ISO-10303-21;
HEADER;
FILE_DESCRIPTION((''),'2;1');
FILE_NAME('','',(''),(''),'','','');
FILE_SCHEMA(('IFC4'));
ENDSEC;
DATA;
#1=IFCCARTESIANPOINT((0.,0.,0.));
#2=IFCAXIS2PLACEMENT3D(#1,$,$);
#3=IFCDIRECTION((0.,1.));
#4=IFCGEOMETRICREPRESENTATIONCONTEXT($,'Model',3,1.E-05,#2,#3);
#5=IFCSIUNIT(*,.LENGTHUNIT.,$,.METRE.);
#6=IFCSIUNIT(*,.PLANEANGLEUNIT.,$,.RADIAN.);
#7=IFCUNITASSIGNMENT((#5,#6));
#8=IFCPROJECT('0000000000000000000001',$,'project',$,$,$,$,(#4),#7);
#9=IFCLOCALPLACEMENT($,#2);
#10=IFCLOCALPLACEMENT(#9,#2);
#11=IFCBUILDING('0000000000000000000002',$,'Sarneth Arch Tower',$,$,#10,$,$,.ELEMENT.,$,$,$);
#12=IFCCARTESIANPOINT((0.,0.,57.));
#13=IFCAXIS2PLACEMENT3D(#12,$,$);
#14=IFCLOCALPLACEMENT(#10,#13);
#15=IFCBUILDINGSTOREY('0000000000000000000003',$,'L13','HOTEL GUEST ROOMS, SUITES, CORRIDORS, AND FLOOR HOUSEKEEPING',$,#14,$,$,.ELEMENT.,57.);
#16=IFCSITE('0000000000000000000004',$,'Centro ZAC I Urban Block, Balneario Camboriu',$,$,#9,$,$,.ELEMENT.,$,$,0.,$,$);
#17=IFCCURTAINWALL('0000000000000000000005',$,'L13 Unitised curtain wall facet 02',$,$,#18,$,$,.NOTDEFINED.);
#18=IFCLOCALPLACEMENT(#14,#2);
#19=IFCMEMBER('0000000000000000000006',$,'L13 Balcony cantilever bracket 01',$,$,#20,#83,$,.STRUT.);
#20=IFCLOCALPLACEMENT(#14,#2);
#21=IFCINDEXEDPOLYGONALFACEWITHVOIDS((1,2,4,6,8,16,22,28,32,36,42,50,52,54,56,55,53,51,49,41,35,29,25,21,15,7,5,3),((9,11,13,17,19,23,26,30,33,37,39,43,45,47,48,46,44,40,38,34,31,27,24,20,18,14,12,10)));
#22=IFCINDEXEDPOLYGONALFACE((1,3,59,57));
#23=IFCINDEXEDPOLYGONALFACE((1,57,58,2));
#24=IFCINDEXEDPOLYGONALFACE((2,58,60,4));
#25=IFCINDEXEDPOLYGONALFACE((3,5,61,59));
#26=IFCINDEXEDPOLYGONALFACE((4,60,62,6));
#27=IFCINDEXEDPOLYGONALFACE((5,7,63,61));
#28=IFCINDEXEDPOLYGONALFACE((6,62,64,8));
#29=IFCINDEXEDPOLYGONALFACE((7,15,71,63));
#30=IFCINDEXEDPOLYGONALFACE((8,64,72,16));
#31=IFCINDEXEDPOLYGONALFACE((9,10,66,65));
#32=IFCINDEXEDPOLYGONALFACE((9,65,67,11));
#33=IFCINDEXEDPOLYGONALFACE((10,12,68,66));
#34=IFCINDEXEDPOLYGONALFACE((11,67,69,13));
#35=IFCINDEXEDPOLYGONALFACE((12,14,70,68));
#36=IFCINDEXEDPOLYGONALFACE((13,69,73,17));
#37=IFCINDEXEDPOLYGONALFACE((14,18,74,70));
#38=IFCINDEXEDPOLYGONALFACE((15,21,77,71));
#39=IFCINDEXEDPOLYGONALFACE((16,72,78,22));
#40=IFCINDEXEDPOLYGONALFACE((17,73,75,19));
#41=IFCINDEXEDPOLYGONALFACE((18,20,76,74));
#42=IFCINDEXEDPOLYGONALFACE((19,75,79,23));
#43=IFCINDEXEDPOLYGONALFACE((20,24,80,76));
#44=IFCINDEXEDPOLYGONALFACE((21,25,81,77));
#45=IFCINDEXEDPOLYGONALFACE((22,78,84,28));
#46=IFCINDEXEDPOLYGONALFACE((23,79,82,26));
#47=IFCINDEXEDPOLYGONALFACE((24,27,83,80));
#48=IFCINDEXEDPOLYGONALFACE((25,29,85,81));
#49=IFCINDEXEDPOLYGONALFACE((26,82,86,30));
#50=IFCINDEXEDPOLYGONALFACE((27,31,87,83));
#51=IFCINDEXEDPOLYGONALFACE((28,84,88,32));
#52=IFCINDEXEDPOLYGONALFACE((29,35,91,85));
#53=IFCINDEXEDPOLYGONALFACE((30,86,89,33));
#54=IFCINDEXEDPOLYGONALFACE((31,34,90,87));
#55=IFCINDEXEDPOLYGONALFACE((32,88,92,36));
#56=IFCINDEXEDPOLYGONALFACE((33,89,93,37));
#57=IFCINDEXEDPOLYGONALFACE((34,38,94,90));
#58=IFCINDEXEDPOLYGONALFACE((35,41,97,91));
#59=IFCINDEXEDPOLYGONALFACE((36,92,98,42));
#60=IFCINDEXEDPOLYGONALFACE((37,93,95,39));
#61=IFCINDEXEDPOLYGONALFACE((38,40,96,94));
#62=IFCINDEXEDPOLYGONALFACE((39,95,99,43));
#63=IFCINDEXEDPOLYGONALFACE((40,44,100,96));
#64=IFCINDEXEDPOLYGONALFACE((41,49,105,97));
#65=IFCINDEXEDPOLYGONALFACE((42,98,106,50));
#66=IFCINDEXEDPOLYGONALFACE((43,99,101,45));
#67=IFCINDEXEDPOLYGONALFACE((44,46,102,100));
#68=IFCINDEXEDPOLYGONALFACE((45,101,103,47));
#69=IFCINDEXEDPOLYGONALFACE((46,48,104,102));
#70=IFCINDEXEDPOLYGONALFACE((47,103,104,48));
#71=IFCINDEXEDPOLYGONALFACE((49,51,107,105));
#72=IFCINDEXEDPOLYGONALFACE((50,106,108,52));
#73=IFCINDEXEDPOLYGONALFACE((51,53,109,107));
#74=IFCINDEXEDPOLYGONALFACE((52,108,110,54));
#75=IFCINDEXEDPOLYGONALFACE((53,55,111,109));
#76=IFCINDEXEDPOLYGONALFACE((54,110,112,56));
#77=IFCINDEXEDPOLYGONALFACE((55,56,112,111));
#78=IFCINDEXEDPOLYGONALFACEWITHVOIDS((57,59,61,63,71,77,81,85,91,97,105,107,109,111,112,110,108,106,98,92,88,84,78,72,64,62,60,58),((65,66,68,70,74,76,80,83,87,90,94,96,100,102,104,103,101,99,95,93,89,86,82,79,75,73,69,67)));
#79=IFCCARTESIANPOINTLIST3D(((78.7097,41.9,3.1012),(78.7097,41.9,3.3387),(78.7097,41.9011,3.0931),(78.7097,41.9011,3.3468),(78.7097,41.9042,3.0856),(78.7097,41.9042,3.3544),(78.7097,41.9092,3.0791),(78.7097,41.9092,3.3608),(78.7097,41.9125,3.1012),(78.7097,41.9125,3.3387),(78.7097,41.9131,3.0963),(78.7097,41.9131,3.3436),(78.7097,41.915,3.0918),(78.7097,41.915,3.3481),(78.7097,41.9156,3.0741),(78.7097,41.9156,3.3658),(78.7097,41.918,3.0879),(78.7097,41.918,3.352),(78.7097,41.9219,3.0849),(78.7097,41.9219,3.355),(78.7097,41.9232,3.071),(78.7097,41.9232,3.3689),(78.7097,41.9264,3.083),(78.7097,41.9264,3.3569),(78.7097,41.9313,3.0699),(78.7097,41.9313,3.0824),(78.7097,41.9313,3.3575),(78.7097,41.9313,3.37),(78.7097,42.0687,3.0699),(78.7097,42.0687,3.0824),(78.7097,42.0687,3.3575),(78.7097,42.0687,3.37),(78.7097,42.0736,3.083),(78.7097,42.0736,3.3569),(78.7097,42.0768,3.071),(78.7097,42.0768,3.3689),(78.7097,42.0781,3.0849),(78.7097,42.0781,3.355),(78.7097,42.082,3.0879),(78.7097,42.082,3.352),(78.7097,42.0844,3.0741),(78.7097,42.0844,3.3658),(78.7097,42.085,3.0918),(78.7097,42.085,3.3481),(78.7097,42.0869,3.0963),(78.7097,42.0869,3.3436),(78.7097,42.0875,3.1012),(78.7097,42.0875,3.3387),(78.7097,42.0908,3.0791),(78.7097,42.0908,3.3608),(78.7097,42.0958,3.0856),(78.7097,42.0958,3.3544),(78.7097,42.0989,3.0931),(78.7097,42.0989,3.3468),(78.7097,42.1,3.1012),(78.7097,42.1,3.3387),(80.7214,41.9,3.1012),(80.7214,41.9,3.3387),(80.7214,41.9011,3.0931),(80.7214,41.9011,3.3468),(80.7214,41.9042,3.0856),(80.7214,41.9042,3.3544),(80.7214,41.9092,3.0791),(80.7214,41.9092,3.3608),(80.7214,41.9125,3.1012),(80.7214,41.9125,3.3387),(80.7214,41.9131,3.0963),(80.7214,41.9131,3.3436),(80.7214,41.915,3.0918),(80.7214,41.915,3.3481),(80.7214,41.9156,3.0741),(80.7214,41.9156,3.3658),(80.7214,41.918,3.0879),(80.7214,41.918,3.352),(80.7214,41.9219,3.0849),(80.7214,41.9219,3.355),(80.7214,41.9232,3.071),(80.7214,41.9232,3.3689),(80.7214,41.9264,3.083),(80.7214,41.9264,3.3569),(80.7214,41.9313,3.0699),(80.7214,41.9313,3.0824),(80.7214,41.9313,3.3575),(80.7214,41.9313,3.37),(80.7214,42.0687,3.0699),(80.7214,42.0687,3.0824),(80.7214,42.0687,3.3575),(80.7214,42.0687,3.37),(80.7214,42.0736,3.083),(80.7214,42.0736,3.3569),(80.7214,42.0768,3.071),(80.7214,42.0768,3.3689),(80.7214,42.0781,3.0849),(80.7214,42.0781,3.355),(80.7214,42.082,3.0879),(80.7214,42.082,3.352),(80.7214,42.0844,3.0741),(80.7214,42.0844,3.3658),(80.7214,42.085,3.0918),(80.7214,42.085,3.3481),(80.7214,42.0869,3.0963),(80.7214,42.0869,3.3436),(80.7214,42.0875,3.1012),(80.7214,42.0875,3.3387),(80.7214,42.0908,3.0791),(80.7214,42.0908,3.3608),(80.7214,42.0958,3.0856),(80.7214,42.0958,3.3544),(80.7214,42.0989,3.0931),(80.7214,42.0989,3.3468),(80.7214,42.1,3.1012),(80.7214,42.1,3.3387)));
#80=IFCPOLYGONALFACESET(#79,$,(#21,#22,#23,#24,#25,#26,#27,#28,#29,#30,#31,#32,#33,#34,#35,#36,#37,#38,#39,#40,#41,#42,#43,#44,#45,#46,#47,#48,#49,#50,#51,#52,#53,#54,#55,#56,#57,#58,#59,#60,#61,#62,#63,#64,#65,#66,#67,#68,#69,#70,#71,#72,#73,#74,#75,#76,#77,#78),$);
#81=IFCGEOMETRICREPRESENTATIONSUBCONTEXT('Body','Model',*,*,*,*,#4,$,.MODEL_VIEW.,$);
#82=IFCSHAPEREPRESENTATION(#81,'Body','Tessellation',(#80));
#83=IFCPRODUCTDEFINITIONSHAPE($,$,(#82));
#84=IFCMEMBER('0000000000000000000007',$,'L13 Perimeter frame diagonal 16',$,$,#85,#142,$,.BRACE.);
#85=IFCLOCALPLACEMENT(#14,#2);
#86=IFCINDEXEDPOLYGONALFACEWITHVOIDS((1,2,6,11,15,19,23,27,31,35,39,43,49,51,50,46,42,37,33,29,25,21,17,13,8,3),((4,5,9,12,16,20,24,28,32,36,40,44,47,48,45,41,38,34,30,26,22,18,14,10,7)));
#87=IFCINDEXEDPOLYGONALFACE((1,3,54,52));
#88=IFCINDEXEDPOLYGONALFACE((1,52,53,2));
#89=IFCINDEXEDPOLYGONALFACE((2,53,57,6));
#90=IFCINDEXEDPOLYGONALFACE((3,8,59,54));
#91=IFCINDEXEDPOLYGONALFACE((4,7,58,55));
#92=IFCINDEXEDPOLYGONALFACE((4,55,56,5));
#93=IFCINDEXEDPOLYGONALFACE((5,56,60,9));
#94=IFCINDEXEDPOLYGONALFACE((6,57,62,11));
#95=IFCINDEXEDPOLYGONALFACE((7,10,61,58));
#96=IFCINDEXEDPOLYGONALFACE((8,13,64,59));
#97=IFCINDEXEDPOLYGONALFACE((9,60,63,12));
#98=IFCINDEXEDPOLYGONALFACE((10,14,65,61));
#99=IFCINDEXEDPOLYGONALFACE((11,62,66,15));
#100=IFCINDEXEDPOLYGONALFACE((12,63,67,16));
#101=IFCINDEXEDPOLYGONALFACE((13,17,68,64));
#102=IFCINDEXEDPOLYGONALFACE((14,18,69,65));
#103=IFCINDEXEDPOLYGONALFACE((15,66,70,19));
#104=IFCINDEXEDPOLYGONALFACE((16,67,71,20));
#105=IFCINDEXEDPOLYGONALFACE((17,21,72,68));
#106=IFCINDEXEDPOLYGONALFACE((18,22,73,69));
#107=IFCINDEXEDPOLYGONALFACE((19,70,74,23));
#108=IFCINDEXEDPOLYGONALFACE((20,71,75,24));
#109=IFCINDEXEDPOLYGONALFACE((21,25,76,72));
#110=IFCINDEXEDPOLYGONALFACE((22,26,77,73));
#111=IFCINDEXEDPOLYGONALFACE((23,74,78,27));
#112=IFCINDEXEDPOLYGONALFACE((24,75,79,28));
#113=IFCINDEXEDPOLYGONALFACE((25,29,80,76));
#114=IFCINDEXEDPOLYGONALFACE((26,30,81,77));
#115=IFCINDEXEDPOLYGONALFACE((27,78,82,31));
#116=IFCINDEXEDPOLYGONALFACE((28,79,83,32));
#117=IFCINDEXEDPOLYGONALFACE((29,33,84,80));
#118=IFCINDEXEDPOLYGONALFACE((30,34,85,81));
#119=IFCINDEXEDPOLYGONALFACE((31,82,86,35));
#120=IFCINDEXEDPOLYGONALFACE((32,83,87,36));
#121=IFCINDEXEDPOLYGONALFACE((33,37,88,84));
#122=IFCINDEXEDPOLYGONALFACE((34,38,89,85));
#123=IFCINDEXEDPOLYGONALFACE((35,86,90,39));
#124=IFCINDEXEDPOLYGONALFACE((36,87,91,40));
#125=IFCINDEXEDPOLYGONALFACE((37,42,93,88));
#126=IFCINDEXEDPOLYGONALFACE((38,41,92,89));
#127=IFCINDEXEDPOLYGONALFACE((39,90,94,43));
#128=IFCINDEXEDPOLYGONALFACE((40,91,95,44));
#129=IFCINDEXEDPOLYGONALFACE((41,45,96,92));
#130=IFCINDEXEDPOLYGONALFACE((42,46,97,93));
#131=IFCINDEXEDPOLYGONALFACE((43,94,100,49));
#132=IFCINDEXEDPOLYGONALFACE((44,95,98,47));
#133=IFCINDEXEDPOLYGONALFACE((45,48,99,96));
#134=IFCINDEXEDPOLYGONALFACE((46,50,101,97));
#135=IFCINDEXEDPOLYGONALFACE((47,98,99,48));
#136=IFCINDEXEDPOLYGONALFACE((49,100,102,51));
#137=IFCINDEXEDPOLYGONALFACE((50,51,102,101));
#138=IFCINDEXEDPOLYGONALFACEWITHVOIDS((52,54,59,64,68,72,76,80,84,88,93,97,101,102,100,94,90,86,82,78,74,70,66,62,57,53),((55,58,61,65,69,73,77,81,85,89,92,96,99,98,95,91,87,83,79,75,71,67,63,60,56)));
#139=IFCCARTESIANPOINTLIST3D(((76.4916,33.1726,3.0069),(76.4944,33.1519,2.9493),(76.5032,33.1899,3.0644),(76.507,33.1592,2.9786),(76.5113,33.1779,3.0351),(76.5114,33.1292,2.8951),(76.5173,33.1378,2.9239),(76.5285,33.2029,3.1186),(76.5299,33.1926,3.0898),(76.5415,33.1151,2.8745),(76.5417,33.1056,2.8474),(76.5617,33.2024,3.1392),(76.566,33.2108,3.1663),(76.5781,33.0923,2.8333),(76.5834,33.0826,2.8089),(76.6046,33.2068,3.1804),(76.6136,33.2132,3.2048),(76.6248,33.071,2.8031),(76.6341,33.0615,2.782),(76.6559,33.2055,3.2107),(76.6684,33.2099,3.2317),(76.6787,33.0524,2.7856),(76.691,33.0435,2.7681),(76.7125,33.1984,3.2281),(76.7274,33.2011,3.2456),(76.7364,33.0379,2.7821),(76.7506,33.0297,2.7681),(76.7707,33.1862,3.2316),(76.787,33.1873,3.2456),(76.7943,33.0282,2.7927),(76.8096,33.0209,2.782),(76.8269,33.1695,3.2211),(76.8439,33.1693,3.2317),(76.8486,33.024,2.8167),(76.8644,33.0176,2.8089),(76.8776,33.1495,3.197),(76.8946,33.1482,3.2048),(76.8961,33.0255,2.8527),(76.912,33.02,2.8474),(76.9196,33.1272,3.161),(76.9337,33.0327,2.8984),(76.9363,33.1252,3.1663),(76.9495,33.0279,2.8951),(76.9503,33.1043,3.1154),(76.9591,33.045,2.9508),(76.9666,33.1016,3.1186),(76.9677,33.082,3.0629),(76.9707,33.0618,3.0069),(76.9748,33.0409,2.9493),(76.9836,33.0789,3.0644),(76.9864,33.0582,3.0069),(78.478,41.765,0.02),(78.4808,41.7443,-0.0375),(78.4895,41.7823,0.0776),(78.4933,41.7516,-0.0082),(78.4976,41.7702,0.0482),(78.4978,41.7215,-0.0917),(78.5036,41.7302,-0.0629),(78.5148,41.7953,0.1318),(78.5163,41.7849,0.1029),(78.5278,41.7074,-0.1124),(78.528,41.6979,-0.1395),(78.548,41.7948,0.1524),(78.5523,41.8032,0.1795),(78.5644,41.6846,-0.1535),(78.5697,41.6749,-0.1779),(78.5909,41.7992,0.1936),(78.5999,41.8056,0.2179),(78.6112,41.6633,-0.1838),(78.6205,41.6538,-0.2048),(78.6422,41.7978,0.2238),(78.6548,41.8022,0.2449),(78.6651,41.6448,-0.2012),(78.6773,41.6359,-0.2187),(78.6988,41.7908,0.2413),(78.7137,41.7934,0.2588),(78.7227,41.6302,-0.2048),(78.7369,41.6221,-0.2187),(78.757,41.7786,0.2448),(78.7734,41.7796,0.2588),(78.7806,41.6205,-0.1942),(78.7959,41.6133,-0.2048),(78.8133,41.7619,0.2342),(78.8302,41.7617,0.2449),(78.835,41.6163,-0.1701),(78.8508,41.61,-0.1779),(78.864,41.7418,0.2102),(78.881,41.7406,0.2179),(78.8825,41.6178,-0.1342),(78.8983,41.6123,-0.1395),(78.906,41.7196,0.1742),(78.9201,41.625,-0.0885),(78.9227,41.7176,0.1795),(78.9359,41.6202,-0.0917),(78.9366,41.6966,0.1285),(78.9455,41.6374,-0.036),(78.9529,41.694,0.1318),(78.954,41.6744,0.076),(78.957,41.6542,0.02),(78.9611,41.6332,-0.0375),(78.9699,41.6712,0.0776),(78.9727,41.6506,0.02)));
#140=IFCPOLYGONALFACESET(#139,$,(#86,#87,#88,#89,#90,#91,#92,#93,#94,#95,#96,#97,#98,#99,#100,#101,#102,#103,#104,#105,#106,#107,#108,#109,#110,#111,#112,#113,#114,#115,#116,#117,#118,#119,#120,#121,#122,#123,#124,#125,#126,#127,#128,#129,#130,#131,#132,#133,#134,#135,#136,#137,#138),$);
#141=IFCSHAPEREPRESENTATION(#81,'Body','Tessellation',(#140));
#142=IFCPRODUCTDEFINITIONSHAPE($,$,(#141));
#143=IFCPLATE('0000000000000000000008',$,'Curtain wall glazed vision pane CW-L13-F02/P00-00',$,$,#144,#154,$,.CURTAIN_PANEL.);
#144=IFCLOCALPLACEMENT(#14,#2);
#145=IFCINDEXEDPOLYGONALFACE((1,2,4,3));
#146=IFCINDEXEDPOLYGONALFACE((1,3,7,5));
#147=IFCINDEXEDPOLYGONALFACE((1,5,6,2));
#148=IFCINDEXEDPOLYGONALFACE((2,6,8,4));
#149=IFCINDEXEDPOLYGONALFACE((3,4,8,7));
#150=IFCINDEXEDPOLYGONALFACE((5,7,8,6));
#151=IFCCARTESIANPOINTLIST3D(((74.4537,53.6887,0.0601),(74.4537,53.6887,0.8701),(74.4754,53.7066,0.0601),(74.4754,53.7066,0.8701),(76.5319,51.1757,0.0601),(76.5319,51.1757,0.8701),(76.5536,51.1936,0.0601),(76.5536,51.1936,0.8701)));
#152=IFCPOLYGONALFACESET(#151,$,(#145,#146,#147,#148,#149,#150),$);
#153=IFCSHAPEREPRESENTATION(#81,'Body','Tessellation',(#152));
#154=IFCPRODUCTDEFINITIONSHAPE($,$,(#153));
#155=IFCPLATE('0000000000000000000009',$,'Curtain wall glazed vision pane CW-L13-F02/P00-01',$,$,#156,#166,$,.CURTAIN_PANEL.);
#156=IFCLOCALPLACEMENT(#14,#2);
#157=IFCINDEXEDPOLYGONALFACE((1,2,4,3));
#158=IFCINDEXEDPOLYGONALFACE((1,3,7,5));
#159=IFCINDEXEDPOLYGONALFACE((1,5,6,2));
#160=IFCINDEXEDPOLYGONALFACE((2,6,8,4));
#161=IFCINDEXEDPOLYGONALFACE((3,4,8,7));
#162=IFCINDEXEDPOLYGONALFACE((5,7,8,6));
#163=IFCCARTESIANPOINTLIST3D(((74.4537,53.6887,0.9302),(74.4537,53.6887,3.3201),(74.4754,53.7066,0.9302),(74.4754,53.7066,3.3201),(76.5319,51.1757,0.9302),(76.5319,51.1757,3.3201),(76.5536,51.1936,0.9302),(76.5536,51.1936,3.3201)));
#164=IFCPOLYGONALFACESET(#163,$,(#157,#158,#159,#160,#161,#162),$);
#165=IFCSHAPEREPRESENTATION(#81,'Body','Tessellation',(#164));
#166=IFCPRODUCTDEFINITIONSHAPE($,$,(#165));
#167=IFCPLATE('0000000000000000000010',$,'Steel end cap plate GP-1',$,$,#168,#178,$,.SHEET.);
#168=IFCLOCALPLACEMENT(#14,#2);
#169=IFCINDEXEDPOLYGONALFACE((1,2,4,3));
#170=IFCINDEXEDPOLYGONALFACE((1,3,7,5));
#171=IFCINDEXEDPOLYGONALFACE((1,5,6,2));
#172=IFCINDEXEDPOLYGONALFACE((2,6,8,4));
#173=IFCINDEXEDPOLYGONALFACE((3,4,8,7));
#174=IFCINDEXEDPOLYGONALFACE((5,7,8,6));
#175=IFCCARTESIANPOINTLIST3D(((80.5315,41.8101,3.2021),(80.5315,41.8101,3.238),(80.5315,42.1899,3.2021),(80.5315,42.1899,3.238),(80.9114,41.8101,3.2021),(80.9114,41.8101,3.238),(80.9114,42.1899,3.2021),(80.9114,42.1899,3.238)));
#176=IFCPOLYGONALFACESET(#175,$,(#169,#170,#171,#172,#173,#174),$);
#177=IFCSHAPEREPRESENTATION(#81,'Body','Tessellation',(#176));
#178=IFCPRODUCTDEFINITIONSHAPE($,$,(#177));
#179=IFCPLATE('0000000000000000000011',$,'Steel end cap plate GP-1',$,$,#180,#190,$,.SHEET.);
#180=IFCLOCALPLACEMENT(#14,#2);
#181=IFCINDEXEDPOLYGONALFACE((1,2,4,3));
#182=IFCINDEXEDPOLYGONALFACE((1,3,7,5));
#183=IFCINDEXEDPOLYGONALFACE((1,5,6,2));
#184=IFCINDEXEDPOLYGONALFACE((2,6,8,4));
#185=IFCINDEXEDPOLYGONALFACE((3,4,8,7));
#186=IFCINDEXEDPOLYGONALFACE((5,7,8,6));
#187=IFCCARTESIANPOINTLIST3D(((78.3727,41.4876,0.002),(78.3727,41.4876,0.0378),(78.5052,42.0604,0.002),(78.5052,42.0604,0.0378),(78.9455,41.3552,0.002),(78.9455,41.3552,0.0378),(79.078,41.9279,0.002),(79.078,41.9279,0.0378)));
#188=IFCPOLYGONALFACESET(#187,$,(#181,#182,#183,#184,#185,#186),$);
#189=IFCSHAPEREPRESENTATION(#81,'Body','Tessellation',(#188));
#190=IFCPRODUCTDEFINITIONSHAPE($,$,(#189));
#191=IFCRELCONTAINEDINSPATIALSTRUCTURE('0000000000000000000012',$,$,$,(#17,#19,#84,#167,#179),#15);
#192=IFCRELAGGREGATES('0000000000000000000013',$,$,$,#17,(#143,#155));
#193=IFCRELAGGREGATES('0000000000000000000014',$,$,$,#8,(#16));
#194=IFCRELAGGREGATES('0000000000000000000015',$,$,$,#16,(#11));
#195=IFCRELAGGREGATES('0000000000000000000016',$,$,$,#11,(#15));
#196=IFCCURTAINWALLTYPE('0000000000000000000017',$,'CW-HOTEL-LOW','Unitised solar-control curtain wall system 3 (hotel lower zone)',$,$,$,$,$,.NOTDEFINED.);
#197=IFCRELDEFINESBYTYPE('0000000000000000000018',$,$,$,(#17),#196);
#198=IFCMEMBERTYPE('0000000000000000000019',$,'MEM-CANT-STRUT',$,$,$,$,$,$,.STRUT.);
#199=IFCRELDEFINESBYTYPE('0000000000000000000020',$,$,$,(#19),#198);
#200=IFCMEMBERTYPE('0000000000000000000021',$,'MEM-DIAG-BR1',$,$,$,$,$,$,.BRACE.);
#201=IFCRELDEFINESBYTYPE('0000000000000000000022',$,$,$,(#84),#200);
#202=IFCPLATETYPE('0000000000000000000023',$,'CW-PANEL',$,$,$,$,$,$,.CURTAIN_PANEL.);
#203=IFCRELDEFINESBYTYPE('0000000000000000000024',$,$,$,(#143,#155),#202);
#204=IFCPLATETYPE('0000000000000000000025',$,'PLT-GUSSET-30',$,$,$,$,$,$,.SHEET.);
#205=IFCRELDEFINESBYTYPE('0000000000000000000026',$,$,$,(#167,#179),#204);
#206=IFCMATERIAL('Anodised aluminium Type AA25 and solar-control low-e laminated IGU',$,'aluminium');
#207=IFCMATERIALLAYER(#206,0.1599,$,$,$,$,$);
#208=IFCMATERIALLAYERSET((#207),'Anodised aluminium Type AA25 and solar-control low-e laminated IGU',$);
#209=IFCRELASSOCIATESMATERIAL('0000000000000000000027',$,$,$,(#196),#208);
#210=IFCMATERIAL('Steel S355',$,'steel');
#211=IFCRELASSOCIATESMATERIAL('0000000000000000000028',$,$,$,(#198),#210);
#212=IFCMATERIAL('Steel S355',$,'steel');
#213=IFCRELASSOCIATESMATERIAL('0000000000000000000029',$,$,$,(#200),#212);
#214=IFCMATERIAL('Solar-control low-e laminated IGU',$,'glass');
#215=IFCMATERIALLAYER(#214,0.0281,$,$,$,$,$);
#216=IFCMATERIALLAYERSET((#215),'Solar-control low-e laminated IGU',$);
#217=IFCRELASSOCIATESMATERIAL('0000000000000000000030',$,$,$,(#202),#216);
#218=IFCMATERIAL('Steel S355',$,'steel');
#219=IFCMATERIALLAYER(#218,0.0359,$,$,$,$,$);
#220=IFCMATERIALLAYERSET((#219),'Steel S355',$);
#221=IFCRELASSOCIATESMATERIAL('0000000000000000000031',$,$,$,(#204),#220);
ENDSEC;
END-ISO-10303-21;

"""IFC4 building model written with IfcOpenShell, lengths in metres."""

from ifc_helpers import new_model, si_unit, direction, frame, origin, origin_2d, place, context, subcontext, project, spatial, rectangle, hollow_rectangle, hollow_circle, extrude, material, layer, layer_set, material_profile, profile_set, type_object, element, aggregate, save


model = new_model("IFC4")

# Units and contexts
model_context = context("Model", 3, precision=1e-05, world=origin(), true_north=direction((0.0, 1.0)))
body_context = subcontext(model_context, "Body", "Model", "MODEL_VIEW")
ifc_project = project(units=[si_unit("LENGTHUNIT", "METRE"), si_unit("PLANEANGLEUNIT", "RADIAN")], contexts=[model_context])

# Site, building, storey
site_placement = place(None, origin())
site = spatial("IfcSite", under=ifc_project, at=site_placement, Name="Centro ZAC I Urban Block, Balneario Camboriu", CompositionType="ELEMENT", RefElevation=0.0)
building_placement = place(site_placement, origin())
building = spatial("IfcBuilding", under=site, at=building_placement, Name="Sarneth Arch Tower", CompositionType="ELEMENT")
storey_placement = place(building_placement, frame((0.0, 0.0, 57.0)))
storey = spatial("IfcBuildingStorey", under=building, at=storey_placement, Name="L13", Description="HOTEL GUEST ROOMS, SUITES, CORRIDORS, AND FLOOR HOUSEKEEPING", CompositionType="ELEMENT", Elevation=57.0)

# Curtain wall
ifc_material_1 = material(Name="Anodised aluminium Type AA25 and solar-control low-e laminated IGU", Category="aluminium")
ifc_layer_1 = layer(ifc_material_1, 0.1599)
ifc_layer_set_1 = layer_set([ifc_layer_1], Name="Anodised aluminium Type AA25 and solar-control low-e laminated IGU")
curtain_wall_type = type_object("IfcCurtainWallType", Name="CW-HOTEL-LOW", Description="Unitised solar-control curtain wall system 3 (hotel lower zone)", PredefinedType="NOTDEFINED", material=ifc_layer_set_1)
curtain_wall_placement = place(storey_placement, origin())
curtain_wall = element("IfcCurtainWall", 1, at=curtain_wall_placement, inside=storey, type_object=curtain_wall_type, Name="L13 Unitised curtain wall facet 02", PredefinedType="NOTDEFINED")

# Members
ifc_material_2 = material(Name="Steel S355", Category="steel")
ifc_material_profile_1 = material_profile(ifc_material_2, hollow_rectangle(XDim=0.2, YDim=0.3, WallThickness=0.0125, InnerFilletRadius=0.0188, OuterFilletRadius=0.0312, at=origin_2d()), Name="RHS300x200x12.5")
ifc_profile_set_1 = profile_set([ifc_material_profile_1], Name="Steel S355")
member_type_1 = type_object("IfcMemberType", Name="MEM-CANT-STRUT", PredefinedType="STRUT", material=ifc_profile_set_1)
member_1_placement = place(storey_placement, frame((78.7097, 42.0, 3.22), z_axis=(1.0, 0.0, 0.0), x_axis=(0.0, 1.0, 0.0)))
element("IfcMember", 2, at=member_1_placement, inside=storey, type_object=member_type_1, Name="L13 Balcony cantilever bracket 01", PredefinedType="STRUT", context=body_context, shape_type="SweptSolid", body=[
    extrude(hollow_rectangle(XDim=0.2, YDim=0.3, WallThickness=0.0125, InnerFilletRadius=0.0188, OuterFilletRadius=0.0312, at=origin_2d()), origin(), (0.0, 0.0, 1.0), 2.0117),
])
ifc_material_3 = material(Name="Steel S355", Category="steel")
ifc_material_profile_2 = material_profile(ifc_material_3, hollow_circle(Radius=0.2539, WallThickness=0.0161, at=origin_2d()), Name="CHS508x16")
ifc_profile_set_2 = profile_set([ifc_material_profile_2], Name="Steel S355")
member_type_2 = type_object("IfcMemberType", Name="MEM-DIAG-BR1", PredefinedType="BRACE", material=ifc_profile_set_2)
member_2_placement = place(storey_placement, frame((78.7253, 41.7078, 0.02), z_axis=(-0.213332, -0.922814, 0.320785), x_axis=(0.974304, -0.225236, 0.0)))
element("IfcMember", 3, at=member_2_placement, inside=storey, type_object=member_type_2, Name="L13 Perimeter frame diagonal 16", PredefinedType="BRACE", context=body_context, shape_type="SweptSolid", body=[
    extrude(hollow_circle(Radius=0.2539, WallThickness=0.0161, at=origin_2d()), origin(), (0.0, 0.0, 1.0), 9.311),
])

# Plates
ifc_material_4 = material(Name="Solar-control low-e laminated IGU", Category="glass")
ifc_layer_2 = layer(ifc_material_4, 0.0281)
ifc_layer_set_2 = layer_set([ifc_layer_2], Name="Solar-control low-e laminated IGU")
plate_type_1 = type_object("IfcPlateType", Name="CW-PANEL", PredefinedType="CURTAIN_PANEL", material=ifc_layer_set_2)
plate_1_placement = place(storey_placement, frame((75.5037, 52.4412, 0.0601), z_axis=(0.0, 0.0, 1.0), x_axis=(-0.637291, 0.770623, 0.0)))
plate_1 = element("IfcPlate", 4, at=plate_1_placement, type_object=plate_type_1, Name="Curtain wall glazed vision pane CW-L13-F02/P00-00", PredefinedType="CURTAIN_PANEL", context=body_context, shape_type="SweptSolid", body=[
    extrude(rectangle(XDim=3.261, YDim=0.0281, at=origin_2d()), origin(), (0.0, 0.0, 1.0), 0.8101),
])
plate_2_placement = place(storey_placement, frame((75.5037, 52.4412, 0.9302), z_axis=(0.0, 0.0, 1.0), x_axis=(-0.637291, 0.770623, 0.0)))
plate_2 = element("IfcPlate", 5, at=plate_2_placement, type_object=plate_type_1, Name="Curtain wall glazed vision pane CW-L13-F02/P00-01", PredefinedType="CURTAIN_PANEL", context=body_context, shape_type="SweptSolid", body=[
    extrude(rectangle(XDim=3.261, YDim=0.0281, at=origin_2d()), origin(), (0.0, 0.0, 1.0), 2.3899),
])
aggregate(curtain_wall, [plate_1, plate_2])

# Plates
ifc_material_5 = material(Name="Steel S355", Category="steel")
ifc_layer_3 = layer(ifc_material_5, 0.0359)
ifc_layer_set_3 = layer_set([ifc_layer_3], Name="Steel S355")
plate_type_2 = type_object("IfcPlateType", Name="PLT-GUSSET-30", PredefinedType="SHEET", material=ifc_layer_set_3)
plate_3_placement = place(storey_placement, frame((80.7214, 42.0, 3.2021), z_axis=(0.0, 0.0, 1.0), x_axis=(1.0, 0.0, 0.0)))
element("IfcPlate", 6, at=plate_3_placement, inside=storey, type_object=plate_type_2, Name="Steel end cap plate GP-1", PredefinedType="SHEET", context=body_context, shape_type="SweptSolid", body=[
    extrude(rectangle(XDim=0.3799, YDim=0.3799, at=origin_2d()), origin(), (0.0, 0.0, 1.0), 0.0359),
])
plate_4_placement = place(storey_placement, frame((78.7253, 41.7078, 0.002), z_axis=(0.0, 0.0, 1.0), x_axis=(0.225291, 0.974291, 0.0)))
element("IfcPlate", 7, at=plate_4_placement, inside=storey, type_object=plate_type_2, Name="Steel end cap plate GP-1", PredefinedType="SHEET", context=body_context, shape_type="SweptSolid", body=[
    extrude(rectangle(XDim=0.5879, YDim=0.5879, at=origin_2d()), origin(), (0.0, 0.0, 1.0), 0.0359),
])

save(model, "model.ifc")
